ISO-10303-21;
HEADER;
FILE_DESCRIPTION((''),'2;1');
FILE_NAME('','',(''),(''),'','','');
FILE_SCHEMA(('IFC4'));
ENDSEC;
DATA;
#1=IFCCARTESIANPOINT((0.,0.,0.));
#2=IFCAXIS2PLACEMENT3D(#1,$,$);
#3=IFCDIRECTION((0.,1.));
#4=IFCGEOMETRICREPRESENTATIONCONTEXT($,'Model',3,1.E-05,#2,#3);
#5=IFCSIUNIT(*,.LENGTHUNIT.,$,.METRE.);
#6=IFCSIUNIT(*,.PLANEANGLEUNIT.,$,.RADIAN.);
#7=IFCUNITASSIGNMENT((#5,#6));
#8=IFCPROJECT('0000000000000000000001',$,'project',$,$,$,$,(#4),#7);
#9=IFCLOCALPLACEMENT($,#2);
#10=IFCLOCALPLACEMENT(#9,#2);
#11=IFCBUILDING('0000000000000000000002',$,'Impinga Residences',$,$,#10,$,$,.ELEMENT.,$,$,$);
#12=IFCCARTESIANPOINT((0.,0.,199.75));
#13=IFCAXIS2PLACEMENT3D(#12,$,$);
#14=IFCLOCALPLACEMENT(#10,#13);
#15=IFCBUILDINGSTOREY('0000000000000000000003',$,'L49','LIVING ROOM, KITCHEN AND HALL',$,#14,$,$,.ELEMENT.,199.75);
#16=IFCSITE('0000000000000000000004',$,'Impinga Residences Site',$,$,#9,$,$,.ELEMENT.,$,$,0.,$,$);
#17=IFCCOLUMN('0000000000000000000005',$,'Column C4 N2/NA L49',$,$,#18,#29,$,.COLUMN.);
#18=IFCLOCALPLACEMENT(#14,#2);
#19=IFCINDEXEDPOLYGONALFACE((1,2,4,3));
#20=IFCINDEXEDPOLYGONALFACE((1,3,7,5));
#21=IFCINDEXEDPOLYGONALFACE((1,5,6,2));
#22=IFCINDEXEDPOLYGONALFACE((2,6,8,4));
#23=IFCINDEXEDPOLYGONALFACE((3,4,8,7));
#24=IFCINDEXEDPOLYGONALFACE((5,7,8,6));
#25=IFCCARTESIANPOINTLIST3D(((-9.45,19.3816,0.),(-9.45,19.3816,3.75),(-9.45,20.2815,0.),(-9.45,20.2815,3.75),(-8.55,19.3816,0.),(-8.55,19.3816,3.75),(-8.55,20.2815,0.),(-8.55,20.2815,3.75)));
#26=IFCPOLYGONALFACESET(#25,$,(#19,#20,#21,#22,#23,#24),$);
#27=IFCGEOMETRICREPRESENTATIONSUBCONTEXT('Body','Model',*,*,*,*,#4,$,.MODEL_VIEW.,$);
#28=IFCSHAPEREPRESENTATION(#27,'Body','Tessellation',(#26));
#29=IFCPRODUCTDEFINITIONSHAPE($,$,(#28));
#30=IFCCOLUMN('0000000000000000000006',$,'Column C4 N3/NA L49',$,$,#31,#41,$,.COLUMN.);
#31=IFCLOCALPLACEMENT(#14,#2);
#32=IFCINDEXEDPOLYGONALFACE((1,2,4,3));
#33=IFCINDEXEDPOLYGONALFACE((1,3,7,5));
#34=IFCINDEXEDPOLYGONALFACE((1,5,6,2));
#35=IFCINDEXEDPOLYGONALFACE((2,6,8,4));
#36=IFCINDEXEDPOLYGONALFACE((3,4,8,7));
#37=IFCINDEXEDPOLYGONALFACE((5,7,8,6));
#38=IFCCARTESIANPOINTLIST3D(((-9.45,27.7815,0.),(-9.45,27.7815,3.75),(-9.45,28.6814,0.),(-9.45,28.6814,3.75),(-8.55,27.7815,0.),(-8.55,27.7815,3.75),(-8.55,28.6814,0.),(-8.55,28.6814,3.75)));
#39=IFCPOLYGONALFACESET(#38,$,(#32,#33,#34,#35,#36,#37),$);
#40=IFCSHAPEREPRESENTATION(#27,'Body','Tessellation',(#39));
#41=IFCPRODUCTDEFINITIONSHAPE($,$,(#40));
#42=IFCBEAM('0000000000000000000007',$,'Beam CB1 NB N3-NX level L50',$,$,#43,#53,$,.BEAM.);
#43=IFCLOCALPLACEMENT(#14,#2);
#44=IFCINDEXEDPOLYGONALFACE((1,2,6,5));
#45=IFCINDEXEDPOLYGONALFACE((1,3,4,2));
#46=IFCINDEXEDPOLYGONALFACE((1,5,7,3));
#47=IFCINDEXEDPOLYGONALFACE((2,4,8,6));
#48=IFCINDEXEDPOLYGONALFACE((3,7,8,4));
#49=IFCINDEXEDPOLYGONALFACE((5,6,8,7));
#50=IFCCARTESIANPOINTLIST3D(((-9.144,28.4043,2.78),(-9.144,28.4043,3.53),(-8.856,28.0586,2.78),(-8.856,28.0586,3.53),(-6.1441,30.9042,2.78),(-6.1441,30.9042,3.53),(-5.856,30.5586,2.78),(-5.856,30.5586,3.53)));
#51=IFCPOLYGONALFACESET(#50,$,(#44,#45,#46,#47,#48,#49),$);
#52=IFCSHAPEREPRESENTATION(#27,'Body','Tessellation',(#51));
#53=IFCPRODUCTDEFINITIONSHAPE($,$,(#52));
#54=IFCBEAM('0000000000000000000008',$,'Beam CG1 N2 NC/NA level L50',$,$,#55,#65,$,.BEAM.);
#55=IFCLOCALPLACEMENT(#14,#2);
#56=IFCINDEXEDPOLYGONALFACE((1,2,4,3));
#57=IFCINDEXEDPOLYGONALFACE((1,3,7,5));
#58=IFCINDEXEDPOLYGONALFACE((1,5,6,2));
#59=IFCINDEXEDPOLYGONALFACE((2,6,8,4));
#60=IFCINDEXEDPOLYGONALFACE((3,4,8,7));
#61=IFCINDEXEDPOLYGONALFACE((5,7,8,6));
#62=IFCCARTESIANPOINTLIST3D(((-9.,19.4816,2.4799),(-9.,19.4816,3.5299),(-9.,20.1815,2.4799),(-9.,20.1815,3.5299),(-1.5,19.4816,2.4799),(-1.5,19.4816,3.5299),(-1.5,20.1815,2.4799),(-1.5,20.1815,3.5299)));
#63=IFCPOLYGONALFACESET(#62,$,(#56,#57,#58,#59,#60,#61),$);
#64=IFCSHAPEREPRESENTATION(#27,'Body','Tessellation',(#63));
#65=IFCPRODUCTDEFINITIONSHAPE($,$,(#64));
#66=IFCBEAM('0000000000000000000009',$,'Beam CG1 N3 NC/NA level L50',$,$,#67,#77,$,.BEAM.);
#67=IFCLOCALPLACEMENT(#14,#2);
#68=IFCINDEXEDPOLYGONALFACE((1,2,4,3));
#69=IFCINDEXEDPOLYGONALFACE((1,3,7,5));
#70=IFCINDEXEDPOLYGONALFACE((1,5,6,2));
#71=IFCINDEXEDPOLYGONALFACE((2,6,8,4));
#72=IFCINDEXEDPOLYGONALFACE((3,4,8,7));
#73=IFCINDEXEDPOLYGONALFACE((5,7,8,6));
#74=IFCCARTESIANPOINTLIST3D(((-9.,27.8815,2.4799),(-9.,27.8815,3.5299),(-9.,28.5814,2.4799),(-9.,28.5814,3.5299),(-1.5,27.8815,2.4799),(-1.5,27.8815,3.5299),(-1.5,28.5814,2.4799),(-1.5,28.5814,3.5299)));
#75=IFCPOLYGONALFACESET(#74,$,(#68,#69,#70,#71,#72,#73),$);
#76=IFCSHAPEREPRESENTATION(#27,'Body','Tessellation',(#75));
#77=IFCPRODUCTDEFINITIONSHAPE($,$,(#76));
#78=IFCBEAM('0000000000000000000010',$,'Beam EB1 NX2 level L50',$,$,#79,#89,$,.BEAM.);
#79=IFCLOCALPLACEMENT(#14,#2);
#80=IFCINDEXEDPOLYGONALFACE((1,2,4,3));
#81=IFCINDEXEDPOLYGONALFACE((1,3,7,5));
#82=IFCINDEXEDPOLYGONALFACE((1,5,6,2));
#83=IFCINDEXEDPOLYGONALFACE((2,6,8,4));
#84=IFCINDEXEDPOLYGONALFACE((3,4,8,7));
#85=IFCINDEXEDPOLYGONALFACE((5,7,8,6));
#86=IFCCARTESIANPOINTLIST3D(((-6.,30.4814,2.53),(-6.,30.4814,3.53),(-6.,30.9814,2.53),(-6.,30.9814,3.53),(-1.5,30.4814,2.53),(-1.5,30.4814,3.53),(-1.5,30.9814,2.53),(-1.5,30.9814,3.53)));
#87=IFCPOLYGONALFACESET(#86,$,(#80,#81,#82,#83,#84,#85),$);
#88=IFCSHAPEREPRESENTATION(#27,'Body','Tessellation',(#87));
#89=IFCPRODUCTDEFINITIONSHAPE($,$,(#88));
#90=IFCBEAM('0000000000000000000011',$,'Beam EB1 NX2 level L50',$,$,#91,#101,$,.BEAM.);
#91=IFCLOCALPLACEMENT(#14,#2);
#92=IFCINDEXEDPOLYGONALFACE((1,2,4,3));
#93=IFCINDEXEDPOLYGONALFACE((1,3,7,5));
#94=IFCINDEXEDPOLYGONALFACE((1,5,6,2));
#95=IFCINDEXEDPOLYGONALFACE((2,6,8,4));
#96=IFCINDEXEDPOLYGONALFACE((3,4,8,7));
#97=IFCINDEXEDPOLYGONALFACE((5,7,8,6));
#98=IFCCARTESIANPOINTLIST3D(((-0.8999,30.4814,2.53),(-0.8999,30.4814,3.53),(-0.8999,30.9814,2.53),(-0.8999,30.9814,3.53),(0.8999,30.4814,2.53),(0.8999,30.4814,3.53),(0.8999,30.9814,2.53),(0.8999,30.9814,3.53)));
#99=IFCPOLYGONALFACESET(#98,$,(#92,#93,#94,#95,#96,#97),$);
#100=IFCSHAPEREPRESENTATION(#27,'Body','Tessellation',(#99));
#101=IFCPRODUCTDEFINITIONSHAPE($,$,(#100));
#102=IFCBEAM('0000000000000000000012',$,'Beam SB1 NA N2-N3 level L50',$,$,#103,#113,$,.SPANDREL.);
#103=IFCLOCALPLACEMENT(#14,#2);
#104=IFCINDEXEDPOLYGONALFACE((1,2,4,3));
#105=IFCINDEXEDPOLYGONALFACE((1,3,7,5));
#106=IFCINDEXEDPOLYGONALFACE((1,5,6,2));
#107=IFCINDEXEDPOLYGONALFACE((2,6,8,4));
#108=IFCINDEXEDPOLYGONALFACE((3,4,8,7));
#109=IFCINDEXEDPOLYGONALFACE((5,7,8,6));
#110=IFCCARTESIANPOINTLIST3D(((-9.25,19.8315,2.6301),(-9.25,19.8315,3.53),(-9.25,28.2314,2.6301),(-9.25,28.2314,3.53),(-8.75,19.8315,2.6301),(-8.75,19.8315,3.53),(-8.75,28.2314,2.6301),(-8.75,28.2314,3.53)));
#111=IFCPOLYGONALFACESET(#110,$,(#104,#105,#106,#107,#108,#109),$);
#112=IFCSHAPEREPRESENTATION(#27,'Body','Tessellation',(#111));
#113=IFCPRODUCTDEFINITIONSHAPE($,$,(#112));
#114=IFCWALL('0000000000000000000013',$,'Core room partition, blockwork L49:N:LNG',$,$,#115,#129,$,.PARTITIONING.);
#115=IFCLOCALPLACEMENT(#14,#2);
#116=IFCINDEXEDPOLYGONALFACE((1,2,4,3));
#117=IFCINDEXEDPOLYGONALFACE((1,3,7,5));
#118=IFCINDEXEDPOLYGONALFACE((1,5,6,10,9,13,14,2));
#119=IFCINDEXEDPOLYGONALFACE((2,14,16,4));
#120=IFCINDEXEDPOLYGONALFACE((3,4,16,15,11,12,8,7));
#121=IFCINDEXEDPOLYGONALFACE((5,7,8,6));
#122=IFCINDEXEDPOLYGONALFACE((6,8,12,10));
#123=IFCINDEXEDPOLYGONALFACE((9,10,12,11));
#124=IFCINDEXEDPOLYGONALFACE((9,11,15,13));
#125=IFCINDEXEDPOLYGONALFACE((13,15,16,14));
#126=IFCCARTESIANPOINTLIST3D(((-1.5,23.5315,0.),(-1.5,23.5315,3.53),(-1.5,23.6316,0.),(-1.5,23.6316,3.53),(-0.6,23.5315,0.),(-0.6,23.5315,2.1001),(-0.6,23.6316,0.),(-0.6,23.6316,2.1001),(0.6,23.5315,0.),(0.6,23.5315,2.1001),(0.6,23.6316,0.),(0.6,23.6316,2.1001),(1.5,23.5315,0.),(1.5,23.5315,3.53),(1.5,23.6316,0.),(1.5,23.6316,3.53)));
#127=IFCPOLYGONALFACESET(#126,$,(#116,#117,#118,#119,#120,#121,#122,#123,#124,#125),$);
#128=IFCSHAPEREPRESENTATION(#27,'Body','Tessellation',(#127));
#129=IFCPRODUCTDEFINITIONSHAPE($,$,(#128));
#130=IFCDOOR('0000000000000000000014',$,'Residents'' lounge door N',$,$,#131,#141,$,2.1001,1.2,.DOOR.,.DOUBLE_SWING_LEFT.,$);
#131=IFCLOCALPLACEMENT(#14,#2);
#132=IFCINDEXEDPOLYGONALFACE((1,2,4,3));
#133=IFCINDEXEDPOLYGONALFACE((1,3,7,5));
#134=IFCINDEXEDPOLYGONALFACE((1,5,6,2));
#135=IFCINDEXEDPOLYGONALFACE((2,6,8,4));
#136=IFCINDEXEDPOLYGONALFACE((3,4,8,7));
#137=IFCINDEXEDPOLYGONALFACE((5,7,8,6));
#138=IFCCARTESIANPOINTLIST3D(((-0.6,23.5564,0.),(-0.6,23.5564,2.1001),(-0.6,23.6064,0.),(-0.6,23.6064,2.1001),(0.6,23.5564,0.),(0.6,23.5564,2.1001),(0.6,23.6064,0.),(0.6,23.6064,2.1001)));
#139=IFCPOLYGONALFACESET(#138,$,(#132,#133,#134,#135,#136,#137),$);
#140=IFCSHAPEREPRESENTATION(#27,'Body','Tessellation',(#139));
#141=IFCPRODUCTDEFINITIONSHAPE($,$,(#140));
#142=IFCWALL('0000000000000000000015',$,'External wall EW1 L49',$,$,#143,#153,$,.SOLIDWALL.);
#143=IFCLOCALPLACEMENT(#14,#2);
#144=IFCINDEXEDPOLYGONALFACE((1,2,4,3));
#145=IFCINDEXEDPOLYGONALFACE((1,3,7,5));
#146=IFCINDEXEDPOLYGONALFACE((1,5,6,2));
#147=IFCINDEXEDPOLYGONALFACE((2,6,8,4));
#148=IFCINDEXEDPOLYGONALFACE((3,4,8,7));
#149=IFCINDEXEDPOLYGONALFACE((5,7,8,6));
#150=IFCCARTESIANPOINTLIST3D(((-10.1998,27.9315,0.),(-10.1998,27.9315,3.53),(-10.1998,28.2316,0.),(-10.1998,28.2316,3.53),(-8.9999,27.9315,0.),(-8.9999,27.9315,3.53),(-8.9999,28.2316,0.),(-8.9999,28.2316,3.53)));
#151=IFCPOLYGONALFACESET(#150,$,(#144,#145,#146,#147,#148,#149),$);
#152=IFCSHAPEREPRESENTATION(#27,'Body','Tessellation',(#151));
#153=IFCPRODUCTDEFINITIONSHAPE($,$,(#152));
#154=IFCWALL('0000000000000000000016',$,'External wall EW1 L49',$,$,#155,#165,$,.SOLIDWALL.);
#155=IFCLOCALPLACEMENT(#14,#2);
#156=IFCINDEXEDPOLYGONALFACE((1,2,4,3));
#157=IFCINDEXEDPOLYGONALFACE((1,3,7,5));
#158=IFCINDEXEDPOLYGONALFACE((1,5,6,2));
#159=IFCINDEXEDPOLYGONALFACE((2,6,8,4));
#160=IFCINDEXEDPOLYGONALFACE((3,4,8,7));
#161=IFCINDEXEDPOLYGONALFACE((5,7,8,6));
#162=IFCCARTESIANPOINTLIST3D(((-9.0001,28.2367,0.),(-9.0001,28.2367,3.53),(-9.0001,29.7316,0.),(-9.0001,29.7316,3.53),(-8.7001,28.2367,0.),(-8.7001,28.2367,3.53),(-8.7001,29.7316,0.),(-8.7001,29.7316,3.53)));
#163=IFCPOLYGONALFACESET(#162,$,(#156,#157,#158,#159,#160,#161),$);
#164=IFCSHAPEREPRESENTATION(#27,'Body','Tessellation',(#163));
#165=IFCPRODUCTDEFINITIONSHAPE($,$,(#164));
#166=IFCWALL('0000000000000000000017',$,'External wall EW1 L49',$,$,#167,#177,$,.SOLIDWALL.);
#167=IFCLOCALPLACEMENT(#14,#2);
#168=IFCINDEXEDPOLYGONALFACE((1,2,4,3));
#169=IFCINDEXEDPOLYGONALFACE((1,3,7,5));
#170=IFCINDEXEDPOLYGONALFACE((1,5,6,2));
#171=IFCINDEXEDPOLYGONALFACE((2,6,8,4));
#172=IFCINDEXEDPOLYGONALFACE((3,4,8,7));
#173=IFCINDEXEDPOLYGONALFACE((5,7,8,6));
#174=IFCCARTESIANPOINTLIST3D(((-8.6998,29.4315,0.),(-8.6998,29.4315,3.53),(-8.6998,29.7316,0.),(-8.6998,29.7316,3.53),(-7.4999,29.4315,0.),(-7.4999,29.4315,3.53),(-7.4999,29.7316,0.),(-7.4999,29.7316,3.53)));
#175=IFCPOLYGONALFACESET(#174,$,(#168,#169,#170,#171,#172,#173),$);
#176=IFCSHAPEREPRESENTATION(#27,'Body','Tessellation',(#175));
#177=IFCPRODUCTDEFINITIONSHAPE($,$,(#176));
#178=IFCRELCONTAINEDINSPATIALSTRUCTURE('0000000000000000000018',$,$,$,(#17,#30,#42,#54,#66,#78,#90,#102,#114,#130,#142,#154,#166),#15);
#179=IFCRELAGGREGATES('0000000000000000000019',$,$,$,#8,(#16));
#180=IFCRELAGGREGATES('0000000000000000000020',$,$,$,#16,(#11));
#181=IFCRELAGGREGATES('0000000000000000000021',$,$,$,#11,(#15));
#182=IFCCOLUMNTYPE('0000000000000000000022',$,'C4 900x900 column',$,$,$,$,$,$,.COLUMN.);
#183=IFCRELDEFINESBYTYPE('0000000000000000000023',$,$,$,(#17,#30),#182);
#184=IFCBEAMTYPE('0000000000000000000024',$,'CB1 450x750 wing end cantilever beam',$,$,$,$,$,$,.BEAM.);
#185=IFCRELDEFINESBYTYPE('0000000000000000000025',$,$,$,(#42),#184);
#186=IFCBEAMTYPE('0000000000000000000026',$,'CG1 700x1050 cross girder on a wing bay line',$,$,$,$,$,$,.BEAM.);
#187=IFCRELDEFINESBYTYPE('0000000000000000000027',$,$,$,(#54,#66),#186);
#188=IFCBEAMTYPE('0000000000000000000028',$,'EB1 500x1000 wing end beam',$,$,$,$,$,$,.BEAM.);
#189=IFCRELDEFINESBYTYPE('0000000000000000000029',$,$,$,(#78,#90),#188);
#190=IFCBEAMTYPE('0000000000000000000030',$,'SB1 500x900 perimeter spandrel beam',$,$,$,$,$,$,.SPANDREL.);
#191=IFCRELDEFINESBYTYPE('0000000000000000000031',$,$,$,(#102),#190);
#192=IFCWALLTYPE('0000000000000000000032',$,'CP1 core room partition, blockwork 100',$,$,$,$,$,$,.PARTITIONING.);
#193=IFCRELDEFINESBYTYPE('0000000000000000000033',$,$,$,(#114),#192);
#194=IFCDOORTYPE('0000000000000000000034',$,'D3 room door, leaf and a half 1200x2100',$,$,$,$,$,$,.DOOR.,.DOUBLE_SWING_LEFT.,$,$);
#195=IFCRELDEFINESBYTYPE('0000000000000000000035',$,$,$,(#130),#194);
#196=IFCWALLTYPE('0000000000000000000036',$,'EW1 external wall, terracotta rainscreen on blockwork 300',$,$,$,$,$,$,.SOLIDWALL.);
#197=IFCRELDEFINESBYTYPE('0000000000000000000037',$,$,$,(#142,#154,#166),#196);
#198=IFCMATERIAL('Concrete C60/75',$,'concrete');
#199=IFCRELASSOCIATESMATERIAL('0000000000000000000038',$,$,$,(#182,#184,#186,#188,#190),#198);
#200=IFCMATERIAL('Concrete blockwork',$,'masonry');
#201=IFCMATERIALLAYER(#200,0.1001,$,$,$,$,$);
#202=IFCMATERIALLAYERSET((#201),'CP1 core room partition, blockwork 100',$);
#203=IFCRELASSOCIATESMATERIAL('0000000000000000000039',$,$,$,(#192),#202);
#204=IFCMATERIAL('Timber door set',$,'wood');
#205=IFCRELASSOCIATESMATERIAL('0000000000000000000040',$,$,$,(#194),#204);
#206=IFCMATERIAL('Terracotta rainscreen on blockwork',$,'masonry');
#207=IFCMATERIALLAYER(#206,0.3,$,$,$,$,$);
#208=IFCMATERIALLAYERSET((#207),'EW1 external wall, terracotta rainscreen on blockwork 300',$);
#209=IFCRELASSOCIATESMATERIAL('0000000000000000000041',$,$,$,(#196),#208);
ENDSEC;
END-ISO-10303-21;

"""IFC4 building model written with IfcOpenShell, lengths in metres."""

from ifc_helpers import new_model, si_unit, direction, frame, frame_2d, origin, origin_2d, place, context, subcontext, project, spatial, rectangle, extrude, material, layer, layer_set, material_profile, profile_set, type_object, element, fill, save


model = new_model("IFC4")

# Units and contexts
model_context = context("Model", 3, precision=1e-05, world=origin(), true_north=direction((0.0, 1.0)))
body_context = subcontext(model_context, "Body", "Model", "MODEL_VIEW")
ifc_project = project(units=[si_unit("LENGTHUNIT", "METRE"), si_unit("PLANEANGLEUNIT", "RADIAN")], contexts=[model_context])

# Site, building, storey
site_placement = place(None, origin())
site = spatial("IfcSite", under=ifc_project, at=site_placement, Name="Impinga Residences Site", CompositionType="ELEMENT", RefElevation=0.0)
building_placement = place(site_placement, origin())
building = spatial("IfcBuilding", under=site, at=building_placement, Name="Impinga Residences", CompositionType="ELEMENT")
storey_placement = place(building_placement, frame((0.0, 0.0, 199.75)))
storey = spatial("IfcBuildingStorey", under=building, at=storey_placement, Name="L49", Description="LIVING ROOM, KITCHEN AND HALL", CompositionType="ELEMENT", Elevation=199.75)

# Columns
ifc_material_1 = material(Name="Concrete C60/75", Category="concrete")
ifc_material_profile_1 = material_profile(ifc_material_1, rectangle(XDim=0.8999, YDim=0.8999, at=origin_2d()), Name="RC 900x900")
ifc_profile_set_1 = profile_set([ifc_material_profile_1], Name="Concrete C60/75")
column_type = type_object("IfcColumnType", Name="C4 900x900 column", PredefinedType="COLUMN", material=ifc_profile_set_1)
for number, where, z_axis, x_axis, name in (
    (1, (-9.0, 19.8315, 0.0), (0.0, 0.0, 1.0), (1.0, 0.0, 0.0), "Column C4 N2/NA L49"),
    (2, (-9.0, 28.2314, 0.0), (0.0, 0.0, 1.0), (1.0, 0.0, 0.0), "Column C4 N3/NA L49"),
):
    element("IfcColumn", number, at=place(storey_placement, frame(where, z_axis=z_axis, x_axis=x_axis)), inside=storey, type_object=column_type, Name=name, PredefinedType="COLUMN", context=body_context, shape_type="SweptSolid", body=[
        extrude(rectangle(XDim=0.8999, YDim=0.8999, at=origin_2d()), origin(), (0.0, 0.0, 1.0), 3.75),
    ])

# Beams
ifc_material_profile_2 = material_profile(ifc_material_1, rectangle(XDim=0.45, YDim=0.75, at=origin_2d()), Name="RC 450x750")
ifc_profile_set_2 = profile_set([ifc_material_profile_2], Name="Concrete C60/75")
beam_type_1 = type_object("IfcBeamType", Name="CB1 450x750 wing end cantilever beam", PredefinedType="BEAM", material=ifc_profile_set_2)
beam_1_placement = place(storey_placement, frame((-9.0, 28.2314, 3.155), z_axis=(0.768221, 0.640184, 0.0), x_axis=(-0.640184, 0.768221, 0.0)))
element("IfcBeam", 3, at=beam_1_placement, inside=storey, type_object=beam_type_1, Name="Beam CB1 NB N3-NX level L50", PredefinedType="BEAM", context=body_context, shape_type="SweptSolid", body=[
    extrude(rectangle(XDim=0.45, YDim=0.75, at=origin_2d()), origin(), (0.0, 0.0, 1.0), 3.905),
])
ifc_material_profile_3 = material_profile(ifc_material_1, rectangle(XDim=0.7, YDim=1.05, at=origin_2d()), Name="RC 700x1050")
ifc_profile_set_3 = profile_set([ifc_material_profile_3], Name="Concrete C60/75")
beam_type_2 = type_object("IfcBeamType", Name="CG1 700x1050 cross girder on a wing bay line", PredefinedType="BEAM", material=ifc_profile_set_3)
for number, where, z_axis, x_axis, name in (
    (4, (-1.5, 19.8315, 3.0049), (-1.0, 0.0, 0.0), (0.0, -1.0, 0.0), "Beam CG1 N2 NC/NA level L50"),
    (5, (-1.5, 28.2314, 3.0049), (-1.0, 0.0, 0.0), (0.0, -1.0, 0.0), "Beam CG1 N3 NC/NA level L50"),
):
    element("IfcBeam", number, at=place(storey_placement, frame(where, z_axis=z_axis, x_axis=x_axis)), inside=storey, type_object=beam_type_2, Name=name, PredefinedType="BEAM", context=body_context, shape_type="SweptSolid", body=[
        extrude(rectangle(XDim=0.7, YDim=1.05, at=origin_2d()), origin(), (0.0, 0.0, 1.0), 7.5),
    ])
ifc_material_profile_4 = material_profile(ifc_material_1, rectangle(XDim=0.5, YDim=1.0, at=origin_2d()), Name="RC 500x1000")
ifc_profile_set_4 = profile_set([ifc_material_profile_4], Name="Concrete C60/75")
beam_type_3 = type_object("IfcBeamType", Name="EB1 500x1000 wing end beam", PredefinedType="BEAM", material=ifc_profile_set_4)
beam_2_placement = place(storey_placement, frame((-6.0, 30.7314, 3.03), z_axis=(1.0, 0.0, 0.0), x_axis=(0.0, 1.0, 0.0)))
element("IfcBeam", 6, at=beam_2_placement, inside=storey, type_object=beam_type_3, Name="Beam EB1 NX2 level L50", PredefinedType="BEAM", context=body_context, shape_type="SweptSolid", body=[
    extrude(rectangle(XDim=0.5, YDim=1.0, at=origin_2d()), origin(), (0.0, 0.0, 1.0), 4.5),
])
beam_3_placement = place(storey_placement, frame((-0.8999, 30.7314, 3.03), z_axis=(1.0, 0.0, 0.0), x_axis=(0.0, 1.0, 0.0)))
element("IfcBeam", 7, at=beam_3_placement, inside=storey, type_object=beam_type_3, Name="Beam EB1 NX2 level L50", PredefinedType="BEAM", context=body_context, shape_type="SweptSolid", body=[
    extrude(rectangle(XDim=0.5, YDim=1.0, at=origin_2d()), origin(), (0.0, 0.0, 1.0), 1.7998),
])
ifc_material_profile_5 = material_profile(ifc_material_1, rectangle(XDim=0.5, YDim=0.8999, at=origin_2d()), Name="RC 500x900")
ifc_profile_set_5 = profile_set([ifc_material_profile_5], Name="Concrete C60/75")
beam_type_4 = type_object("IfcBeamType", Name="SB1 500x900 perimeter spandrel beam", PredefinedType="SPANDREL", material=ifc_profile_set_5)
beam_4_placement = place(storey_placement, frame((-9.0, 19.8315, 3.0801), z_axis=(0.0, 1.0, 0.0), x_axis=(-1.0, 0.0, 0.0)))
element("IfcBeam", 8, at=beam_4_placement, inside=storey, type_object=beam_type_4, Name="Beam SB1 NA N2-N3 level L50", PredefinedType="SPANDREL", context=body_context, shape_type="SweptSolid", body=[
    extrude(rectangle(XDim=0.5, YDim=0.8999, at=origin_2d()), origin(), (0.0, 0.0, 1.0), 8.3999),
])

# Wall, opening, door
ifc_material_2 = material(Name="Concrete blockwork", Category="masonry")
ifc_layer_1 = layer(ifc_material_2, 0.1001)
ifc_layer_set_1 = layer_set([ifc_layer_1], Name="CP1 core room partition, blockwork 100")
wall_type_1 = type_object("IfcWallType", Name="CP1 core room partition, blockwork 100", PredefinedType="PARTITIONING", material=ifc_layer_set_1)
wall_1_placement = place(storey_placement, frame((-1.5, 23.5815, 0.0), z_axis=(0.0, 0.0, 1.0), x_axis=(1.0, 0.0, 0.0)))
wall_1 = element("IfcWall", 9, at=wall_1_placement, inside=storey, type_object=wall_type_1, Name="Core room partition, blockwork L49:N:LNG", PredefinedType="PARTITIONING", context=body_context, shape_type="SweptSolid", body=[
    extrude(rectangle(XDim=3.0, YDim=0.1001, at=frame_2d((1.5, 0.0))), origin(), (0.0, 0.0, 1.0), 3.53),
])
opening_1_placement = place(wall_1_placement, frame((0.8999, 0.0, 0.0)))
opening_1 = element("IfcOpeningElement", 10, at=opening_1_placement, cuts=wall_1, PredefinedType="OPENING", context=body_context, shape_type="SweptSolid", body=[
    extrude(rectangle(XDim=1.2, YDim=2.1001, at=frame_2d((0.6001, 1.05))), frame((0.0, 0.0601, 0.0), z_axis=(0.0, -1.0, 0.0), x_axis=(1.0, 0.0, 0.0)), (0.0, 0.0, 1.0), 0.1201),
])
ifc_material_3 = material(Name="Timber door set", Category="wood")
door_type_1 = type_object("IfcDoorType", Name="D3 room door, leaf and a half 1200x2100", OperationType="DOUBLE_SWING_LEFT", PredefinedType="DOOR", material=ifc_material_3)
door_1_placement = place(opening_1_placement, origin())
door_1 = element("IfcDoor", 11, at=door_1_placement, inside=storey, type_object=door_type_1, Name="Residents' lounge door N", OperationType="DOUBLE_SWING_LEFT", OverallHeight=2.1001, OverallWidth=1.2, PredefinedType="DOOR", context=body_context, shape_type="SweptSolid", body=[
    extrude(rectangle(XDim=1.2, YDim=2.1001, at=frame_2d((0.6001, 1.05))), frame((0.0, 0.0249, 0.0), z_axis=(0.0, -1.0, 0.0), x_axis=(1.0, 0.0, 0.0)), (0.0, 0.0, 1.0), 0.05),
])
fill(opening_1, door_1)

# Walls
ifc_material_4 = material(Name="Terracotta rainscreen on blockwork", Category="masonry")
ifc_layer_2 = layer(ifc_material_4, 0.3)
ifc_layer_set_2 = layer_set([ifc_layer_2], Name="EW1 external wall, terracotta rainscreen on blockwork 300")
wall_type_2 = type_object("IfcWallType", Name="EW1 external wall, terracotta rainscreen on blockwork 300", PredefinedType="SOLIDWALL", material=ifc_layer_set_2)
wall_2_placement = place(storey_placement, frame((-10.2, 28.0815, 0.0), z_axis=(0.0, 0.0, 1.0), x_axis=(1.0, 0.0, 0.0)))
element("IfcWall", 12, at=wall_2_placement, inside=storey, type_object=wall_type_2, Name="External wall EW1 L49", PredefinedType="SOLIDWALL", context=body_context, shape_type="SweptSolid", body=[
    extrude(rectangle(XDim=1.2, YDim=0.3, at=frame_2d((0.6001, 0.0))), origin(), (0.0, 0.0, 1.0), 3.53),
])
wall_3_placement = place(storey_placement, frame((-8.8501, 28.2366, 0.0), z_axis=(0.0, 0.0, 1.0), x_axis=(0.0, 1.0, 0.0)))
element("IfcWall", 13, at=wall_3_placement, inside=storey, type_object=wall_type_2, Name="External wall EW1 L49", PredefinedType="SOLIDWALL", context=body_context, shape_type="SweptSolid", body=[
    extrude(rectangle(XDim=1.4949, YDim=0.3, at=frame_2d((0.7476, 0.0))), origin(), (0.0, 0.0, 1.0), 3.53),
])
wall_4_placement = place(storey_placement, frame((-8.7, 29.5815, 0.0), z_axis=(0.0, 0.0, 1.0), x_axis=(1.0, 0.0, 0.0)))
element("IfcWall", 14, at=wall_4_placement, inside=storey, type_object=wall_type_2, Name="External wall EW1 L49", PredefinedType="SOLIDWALL", context=body_context, shape_type="SweptSolid", body=[
    extrude(rectangle(XDim=1.2, YDim=0.3, at=frame_2d((0.6001, 0.0))), origin(), (0.0, 0.0, 1.0), 3.53),
])

save(model, "model.ifc")
